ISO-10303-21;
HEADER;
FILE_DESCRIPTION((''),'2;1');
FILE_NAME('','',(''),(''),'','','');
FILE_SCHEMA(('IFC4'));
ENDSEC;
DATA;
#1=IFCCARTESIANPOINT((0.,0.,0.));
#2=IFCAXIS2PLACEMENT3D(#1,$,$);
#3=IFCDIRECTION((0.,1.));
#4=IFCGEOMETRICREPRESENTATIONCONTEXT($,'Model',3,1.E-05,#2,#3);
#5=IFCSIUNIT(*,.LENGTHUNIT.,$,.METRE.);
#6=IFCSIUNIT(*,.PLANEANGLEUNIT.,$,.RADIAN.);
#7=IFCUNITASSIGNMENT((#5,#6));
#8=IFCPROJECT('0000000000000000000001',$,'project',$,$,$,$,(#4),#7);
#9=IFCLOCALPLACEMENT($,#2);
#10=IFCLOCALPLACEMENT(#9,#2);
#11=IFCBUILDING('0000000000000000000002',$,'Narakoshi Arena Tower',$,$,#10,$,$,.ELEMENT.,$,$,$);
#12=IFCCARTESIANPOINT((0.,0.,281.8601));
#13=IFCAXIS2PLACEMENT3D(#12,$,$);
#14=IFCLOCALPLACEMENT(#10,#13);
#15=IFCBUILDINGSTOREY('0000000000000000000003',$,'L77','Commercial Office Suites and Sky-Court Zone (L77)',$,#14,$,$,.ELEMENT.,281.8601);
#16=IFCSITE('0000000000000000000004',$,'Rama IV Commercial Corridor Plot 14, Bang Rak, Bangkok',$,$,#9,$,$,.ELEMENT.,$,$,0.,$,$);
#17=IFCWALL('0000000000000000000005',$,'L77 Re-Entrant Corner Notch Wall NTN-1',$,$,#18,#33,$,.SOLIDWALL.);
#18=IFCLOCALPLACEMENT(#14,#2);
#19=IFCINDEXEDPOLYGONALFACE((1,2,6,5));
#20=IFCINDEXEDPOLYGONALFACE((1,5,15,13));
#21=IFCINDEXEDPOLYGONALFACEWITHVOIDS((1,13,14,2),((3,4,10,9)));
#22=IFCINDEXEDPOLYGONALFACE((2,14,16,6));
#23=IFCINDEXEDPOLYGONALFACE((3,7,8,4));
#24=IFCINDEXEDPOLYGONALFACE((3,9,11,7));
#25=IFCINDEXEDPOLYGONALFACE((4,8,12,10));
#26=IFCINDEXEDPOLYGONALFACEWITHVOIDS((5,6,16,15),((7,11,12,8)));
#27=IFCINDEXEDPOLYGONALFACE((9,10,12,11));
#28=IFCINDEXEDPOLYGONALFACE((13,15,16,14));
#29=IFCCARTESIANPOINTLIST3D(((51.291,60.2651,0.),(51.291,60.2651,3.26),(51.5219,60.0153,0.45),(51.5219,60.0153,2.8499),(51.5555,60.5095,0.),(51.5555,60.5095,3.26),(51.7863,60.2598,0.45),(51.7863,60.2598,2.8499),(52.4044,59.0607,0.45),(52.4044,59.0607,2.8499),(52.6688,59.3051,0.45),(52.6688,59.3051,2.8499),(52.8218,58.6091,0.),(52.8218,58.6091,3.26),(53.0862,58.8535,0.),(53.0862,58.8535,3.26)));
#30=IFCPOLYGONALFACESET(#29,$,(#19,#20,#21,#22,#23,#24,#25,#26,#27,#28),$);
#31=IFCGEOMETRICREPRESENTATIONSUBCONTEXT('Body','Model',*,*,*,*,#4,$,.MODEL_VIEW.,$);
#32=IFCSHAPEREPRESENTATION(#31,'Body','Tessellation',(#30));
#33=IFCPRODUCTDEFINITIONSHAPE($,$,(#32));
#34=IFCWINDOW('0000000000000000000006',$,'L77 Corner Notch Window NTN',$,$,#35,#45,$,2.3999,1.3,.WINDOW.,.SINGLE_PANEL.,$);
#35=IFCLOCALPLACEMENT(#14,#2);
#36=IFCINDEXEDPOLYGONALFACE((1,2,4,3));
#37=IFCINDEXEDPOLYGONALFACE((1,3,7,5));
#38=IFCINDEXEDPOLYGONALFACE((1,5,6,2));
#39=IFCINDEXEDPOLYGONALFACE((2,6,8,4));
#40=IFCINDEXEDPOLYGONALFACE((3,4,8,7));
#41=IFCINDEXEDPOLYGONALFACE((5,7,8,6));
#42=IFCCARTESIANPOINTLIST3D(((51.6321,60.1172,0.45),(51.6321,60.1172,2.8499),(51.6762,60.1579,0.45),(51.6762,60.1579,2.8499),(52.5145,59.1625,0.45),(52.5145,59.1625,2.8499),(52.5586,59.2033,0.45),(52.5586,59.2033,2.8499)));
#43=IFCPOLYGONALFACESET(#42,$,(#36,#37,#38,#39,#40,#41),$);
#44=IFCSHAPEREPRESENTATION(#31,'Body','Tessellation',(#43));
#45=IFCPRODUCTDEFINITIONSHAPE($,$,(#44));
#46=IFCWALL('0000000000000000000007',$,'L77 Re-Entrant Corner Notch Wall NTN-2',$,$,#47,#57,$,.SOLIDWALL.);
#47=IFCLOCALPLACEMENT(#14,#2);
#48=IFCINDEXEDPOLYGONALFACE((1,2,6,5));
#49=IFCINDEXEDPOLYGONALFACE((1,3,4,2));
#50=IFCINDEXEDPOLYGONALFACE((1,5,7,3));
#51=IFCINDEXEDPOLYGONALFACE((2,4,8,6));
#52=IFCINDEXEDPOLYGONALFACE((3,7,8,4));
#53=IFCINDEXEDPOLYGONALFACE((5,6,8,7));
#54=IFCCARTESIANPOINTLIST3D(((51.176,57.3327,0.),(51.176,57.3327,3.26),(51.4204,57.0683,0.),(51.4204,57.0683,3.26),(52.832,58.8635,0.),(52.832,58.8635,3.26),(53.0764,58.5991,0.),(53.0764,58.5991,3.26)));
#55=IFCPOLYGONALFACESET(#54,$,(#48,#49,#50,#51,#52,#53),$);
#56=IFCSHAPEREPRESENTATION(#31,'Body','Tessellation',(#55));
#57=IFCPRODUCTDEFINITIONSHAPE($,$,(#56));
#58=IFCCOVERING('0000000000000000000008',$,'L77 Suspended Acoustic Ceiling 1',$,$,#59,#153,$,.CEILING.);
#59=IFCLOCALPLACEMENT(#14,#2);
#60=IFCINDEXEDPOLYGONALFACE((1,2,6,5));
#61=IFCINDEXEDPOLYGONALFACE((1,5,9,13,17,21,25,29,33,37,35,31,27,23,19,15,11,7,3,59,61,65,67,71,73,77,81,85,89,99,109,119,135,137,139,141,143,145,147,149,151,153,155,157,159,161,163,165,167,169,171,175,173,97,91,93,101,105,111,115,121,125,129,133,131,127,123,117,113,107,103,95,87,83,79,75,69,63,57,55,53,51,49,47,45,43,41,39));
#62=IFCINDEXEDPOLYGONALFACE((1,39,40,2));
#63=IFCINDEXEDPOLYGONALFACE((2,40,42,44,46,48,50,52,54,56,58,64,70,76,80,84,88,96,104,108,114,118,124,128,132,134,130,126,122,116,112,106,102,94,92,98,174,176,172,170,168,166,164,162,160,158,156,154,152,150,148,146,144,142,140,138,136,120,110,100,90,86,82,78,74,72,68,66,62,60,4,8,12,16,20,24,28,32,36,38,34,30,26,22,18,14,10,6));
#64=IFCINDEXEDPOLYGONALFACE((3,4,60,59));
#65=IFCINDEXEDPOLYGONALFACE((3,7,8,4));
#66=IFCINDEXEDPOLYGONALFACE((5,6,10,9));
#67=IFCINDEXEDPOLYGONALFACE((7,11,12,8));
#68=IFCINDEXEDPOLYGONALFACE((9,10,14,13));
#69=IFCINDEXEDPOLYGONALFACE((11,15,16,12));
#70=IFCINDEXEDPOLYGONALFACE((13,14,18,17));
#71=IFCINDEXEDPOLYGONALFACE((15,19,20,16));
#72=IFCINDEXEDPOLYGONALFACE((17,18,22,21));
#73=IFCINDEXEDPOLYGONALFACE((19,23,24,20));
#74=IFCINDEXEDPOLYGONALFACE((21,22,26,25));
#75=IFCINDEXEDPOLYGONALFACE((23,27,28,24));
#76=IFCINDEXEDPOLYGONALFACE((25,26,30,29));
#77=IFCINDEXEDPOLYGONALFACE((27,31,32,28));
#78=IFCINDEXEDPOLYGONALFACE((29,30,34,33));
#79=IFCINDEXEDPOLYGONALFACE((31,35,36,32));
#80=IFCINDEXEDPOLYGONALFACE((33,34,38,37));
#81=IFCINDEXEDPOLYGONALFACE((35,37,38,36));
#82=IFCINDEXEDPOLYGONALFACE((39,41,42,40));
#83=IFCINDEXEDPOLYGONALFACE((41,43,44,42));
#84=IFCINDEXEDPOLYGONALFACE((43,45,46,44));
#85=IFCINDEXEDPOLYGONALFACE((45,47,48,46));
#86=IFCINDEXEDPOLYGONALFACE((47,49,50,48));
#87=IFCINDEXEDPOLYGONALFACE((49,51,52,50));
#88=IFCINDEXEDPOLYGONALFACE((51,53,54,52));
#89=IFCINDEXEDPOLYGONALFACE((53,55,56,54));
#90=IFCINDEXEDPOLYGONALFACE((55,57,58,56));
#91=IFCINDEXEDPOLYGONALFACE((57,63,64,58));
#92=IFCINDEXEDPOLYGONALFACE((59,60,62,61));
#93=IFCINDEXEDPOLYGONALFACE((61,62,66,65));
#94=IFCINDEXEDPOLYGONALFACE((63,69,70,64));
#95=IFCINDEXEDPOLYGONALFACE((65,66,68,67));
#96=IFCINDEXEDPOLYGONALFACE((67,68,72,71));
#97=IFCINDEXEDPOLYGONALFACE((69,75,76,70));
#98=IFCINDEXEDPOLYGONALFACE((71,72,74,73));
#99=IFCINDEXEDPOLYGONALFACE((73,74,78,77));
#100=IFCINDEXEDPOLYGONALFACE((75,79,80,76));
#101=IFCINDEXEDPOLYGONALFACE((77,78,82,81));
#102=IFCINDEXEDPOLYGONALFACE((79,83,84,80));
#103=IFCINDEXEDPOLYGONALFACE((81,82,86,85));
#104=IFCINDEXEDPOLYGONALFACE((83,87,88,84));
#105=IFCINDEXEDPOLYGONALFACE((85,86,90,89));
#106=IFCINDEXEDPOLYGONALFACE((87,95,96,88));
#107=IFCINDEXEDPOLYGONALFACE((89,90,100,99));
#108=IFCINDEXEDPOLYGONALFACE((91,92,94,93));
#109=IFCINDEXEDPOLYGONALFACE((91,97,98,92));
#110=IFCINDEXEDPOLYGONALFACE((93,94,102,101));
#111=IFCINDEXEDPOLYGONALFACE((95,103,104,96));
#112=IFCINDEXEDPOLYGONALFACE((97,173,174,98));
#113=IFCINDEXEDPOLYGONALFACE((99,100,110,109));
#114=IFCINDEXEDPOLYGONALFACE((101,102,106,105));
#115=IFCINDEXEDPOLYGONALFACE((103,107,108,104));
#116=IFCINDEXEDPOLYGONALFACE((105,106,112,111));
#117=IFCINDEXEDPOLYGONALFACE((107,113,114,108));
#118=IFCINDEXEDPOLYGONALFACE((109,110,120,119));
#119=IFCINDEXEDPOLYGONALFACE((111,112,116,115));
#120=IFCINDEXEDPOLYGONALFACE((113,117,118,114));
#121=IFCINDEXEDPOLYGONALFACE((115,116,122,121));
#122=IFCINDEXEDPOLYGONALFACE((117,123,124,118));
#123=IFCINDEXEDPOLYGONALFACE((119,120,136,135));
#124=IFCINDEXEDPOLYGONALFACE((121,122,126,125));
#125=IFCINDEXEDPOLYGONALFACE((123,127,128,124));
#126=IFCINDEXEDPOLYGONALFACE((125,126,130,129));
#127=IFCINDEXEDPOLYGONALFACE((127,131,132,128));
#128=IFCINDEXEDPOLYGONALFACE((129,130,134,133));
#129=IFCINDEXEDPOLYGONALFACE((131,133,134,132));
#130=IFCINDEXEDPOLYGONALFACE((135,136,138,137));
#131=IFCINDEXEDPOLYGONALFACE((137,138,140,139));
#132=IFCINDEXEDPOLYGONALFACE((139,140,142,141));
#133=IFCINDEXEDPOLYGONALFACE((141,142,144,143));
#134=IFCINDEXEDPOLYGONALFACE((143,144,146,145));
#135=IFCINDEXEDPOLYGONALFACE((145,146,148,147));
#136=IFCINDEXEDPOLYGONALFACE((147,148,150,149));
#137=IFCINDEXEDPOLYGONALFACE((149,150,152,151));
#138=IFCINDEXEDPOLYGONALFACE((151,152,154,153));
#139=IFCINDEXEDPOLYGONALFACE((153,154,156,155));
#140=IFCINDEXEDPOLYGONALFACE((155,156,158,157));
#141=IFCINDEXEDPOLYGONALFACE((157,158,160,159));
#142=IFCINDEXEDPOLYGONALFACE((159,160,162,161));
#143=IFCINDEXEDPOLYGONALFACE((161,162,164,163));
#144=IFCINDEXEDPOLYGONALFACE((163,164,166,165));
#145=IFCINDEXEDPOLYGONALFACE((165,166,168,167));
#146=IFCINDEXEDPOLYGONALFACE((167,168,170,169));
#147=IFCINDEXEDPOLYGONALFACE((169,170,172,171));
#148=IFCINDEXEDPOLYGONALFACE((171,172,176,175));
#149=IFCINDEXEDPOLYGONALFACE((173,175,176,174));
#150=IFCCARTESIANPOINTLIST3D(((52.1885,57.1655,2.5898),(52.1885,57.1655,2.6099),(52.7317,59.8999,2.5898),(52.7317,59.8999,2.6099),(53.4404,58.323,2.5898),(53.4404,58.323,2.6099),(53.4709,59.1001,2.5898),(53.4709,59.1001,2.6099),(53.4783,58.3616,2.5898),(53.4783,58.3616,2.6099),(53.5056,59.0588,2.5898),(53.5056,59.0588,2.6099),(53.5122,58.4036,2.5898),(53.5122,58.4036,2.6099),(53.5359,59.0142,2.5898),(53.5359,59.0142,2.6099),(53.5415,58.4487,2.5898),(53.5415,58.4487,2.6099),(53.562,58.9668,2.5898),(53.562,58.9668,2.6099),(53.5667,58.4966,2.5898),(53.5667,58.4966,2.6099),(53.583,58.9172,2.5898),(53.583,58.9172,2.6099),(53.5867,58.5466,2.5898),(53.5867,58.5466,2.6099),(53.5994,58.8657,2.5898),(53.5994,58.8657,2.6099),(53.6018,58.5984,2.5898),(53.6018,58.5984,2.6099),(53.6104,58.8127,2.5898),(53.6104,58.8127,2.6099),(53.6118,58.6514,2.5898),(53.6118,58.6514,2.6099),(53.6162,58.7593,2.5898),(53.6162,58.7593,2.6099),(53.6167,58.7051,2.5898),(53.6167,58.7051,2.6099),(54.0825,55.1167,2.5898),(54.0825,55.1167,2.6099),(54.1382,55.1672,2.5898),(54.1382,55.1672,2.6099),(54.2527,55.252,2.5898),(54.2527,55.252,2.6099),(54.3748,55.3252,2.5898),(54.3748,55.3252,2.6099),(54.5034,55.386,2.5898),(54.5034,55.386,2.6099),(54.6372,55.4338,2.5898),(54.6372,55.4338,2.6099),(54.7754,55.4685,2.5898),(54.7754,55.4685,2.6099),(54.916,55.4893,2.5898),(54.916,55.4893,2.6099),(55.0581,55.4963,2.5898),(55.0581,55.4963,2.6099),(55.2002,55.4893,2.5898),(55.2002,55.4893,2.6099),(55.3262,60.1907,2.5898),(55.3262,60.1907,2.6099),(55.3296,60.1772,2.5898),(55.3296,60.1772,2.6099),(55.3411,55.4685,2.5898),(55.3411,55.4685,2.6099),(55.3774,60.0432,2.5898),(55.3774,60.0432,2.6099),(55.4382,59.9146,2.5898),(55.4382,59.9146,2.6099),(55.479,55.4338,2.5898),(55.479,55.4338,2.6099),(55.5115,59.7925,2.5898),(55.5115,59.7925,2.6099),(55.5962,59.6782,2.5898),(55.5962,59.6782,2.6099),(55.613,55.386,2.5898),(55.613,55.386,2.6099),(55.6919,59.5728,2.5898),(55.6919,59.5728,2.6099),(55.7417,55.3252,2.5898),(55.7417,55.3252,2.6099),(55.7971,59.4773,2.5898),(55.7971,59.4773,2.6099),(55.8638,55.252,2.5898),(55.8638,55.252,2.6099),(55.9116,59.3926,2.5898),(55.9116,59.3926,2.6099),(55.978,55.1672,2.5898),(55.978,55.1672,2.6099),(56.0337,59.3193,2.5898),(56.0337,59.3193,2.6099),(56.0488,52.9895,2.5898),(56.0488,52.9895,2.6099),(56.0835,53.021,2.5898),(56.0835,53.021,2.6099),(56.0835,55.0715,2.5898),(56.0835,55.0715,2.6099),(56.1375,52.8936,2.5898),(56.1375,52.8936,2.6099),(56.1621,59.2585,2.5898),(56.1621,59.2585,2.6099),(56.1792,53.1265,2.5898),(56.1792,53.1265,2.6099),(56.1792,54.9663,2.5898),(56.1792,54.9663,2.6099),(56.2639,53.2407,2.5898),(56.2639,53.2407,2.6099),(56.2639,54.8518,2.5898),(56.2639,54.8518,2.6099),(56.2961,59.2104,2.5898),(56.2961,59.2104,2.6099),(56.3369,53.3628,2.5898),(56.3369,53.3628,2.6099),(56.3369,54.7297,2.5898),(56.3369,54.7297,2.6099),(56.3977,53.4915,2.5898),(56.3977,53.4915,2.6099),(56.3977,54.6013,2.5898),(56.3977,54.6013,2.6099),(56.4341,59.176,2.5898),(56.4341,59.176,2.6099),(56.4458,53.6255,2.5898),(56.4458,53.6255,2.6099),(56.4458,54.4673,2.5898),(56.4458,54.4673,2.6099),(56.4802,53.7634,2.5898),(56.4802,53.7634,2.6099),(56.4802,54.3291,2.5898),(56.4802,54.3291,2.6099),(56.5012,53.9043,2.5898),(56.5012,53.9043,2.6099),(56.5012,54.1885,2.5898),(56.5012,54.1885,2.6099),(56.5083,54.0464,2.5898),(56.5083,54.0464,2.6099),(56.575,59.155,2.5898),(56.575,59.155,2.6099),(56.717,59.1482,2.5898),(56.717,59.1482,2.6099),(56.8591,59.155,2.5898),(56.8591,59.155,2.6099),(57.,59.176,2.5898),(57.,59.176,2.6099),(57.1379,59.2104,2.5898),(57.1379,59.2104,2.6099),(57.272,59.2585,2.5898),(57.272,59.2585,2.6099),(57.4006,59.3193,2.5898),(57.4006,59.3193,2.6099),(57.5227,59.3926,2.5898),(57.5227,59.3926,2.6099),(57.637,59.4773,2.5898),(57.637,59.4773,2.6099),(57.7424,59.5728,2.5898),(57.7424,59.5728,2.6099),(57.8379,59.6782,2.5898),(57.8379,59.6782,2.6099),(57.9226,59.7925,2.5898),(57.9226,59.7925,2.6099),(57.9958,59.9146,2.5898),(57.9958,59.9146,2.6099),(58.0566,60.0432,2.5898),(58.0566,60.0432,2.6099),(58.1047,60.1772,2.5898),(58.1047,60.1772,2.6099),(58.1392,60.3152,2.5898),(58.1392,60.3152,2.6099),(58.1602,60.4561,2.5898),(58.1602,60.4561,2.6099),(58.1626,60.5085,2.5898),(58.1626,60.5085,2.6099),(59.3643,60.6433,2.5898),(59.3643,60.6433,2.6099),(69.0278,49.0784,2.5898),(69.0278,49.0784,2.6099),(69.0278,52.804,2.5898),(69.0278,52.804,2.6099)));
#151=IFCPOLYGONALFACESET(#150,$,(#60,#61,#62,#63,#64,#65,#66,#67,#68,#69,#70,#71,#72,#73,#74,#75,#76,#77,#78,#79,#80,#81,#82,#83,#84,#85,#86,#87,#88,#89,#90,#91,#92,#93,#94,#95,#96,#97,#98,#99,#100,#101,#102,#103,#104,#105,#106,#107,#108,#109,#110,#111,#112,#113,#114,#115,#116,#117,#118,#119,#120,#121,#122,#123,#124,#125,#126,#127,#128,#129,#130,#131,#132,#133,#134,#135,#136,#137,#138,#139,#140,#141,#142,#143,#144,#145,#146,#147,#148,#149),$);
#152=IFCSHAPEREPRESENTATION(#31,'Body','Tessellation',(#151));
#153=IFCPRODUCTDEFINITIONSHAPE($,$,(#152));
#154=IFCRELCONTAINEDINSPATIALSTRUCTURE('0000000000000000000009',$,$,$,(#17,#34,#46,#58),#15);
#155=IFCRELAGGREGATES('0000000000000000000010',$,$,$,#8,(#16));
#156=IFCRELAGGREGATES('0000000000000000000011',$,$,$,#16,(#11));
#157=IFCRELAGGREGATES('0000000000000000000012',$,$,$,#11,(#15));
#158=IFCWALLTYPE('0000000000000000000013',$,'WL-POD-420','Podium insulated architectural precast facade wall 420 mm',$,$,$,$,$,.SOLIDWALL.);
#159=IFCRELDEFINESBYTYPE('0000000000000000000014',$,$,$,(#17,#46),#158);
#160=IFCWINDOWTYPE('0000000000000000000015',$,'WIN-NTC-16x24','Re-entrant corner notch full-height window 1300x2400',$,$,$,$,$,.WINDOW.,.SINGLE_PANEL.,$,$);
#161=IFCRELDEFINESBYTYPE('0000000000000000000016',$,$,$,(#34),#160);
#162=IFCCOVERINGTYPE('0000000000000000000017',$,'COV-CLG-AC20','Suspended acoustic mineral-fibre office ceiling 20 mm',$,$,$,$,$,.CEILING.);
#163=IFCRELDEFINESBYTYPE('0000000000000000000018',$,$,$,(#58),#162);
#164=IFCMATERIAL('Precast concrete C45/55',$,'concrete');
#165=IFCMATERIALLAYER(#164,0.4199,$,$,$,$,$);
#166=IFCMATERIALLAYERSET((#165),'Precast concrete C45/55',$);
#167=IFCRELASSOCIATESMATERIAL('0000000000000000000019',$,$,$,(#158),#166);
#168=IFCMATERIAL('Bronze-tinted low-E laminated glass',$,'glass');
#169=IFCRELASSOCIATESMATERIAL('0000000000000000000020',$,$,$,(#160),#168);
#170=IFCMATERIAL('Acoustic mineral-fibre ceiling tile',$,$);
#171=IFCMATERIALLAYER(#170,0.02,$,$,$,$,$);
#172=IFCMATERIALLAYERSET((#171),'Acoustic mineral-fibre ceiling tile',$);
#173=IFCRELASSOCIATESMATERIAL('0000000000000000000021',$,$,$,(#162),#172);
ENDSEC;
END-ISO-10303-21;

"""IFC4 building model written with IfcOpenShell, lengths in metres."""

from ifc_helpers import new_model, si_unit, direction, frame, frame_2d, origin, place, context, subcontext, project, spatial, polyline, rectangle, outline, extrude, material, layer, layer_set, type_object, element, fill, save


model = new_model("IFC4")

# Units and contexts
model_context = context("Model", 3, precision=1e-05, world=origin(), true_north=direction((0.0, 1.0)))
body_context = subcontext(model_context, "Body", "Model", "MODEL_VIEW")
ifc_project = project(units=[si_unit("LENGTHUNIT", "METRE"), si_unit("PLANEANGLEUNIT", "RADIAN")], contexts=[model_context])

# Site, building, storey
site_placement = place(None, origin())
site = spatial("IfcSite", under=ifc_project, at=site_placement, Name="Rama IV Commercial Corridor Plot 14, Bang Rak, Bangkok", CompositionType="ELEMENT", RefElevation=0.0)
building_placement = place(site_placement, origin())
building = spatial("IfcBuilding", under=site, at=building_placement, Name="Narakoshi Arena Tower", CompositionType="ELEMENT")
storey_placement = place(building_placement, frame((0.0, 0.0, 281.8601)))
storey = spatial("IfcBuildingStorey", under=building, at=storey_placement, Name="L77", Description="Commercial Office Suites and Sky-Court Zone (L77)", CompositionType="ELEMENT", Elevation=281.8601)

# Shared definitions
ifc_material_1 = material(Name="Bronze-tinted low-E laminated glass", Category="glass")

# Shared definitions
ifc_material_2 = material(Name="Precast concrete C45/55", Category="concrete")

# Wall, opening, window
ifc_layer_1 = layer(ifc_material_2, 0.4199)
ifc_layer_set_1 = layer_set([ifc_layer_1], Name="Precast concrete C45/55")
wall_type_1 = type_object("IfcWallType", Name="WL-POD-420", Description="Podium insulated architectural precast facade wall 420 mm", PredefinedType="SOLIDWALL", material=ifc_layer_set_1)
wall_1_placement = place(storey_placement, frame((51.4233, 60.3872, 0.0), z_axis=(0.0, 0.0, 1.0), x_axis=(0.678793, -0.73433, 0.0)))
wall_1 = element("IfcWall", 1, at=wall_1_placement, inside=storey, type_object=wall_type_1, Name="L77 Re-Entrant Corner Notch Wall NTN-1", PredefinedType="SOLIDWALL", context=body_context, shape_type="SweptSolid", body=[
    extrude(rectangle(XDim=2.2551, YDim=0.3601, at=frame_2d((1.1274, 0.0))), origin(), (0.0, 0.0, 1.0), 3.26),
])
opening_1_placement = place(wall_1_placement, frame((0.3401, 0.0, 0.45)))
opening_1 = element("IfcOpeningElement", 2, at=opening_1_placement, cuts=wall_1, PredefinedType="OPENING", context=body_context, shape_type="SweptSolid", body=[
    extrude(rectangle(XDim=1.3, YDim=2.3999, at=frame_2d((0.6499, 1.2))), frame((0.0, 0.1899, 0.0), z_axis=(0.0, -1.0, 0.0), x_axis=(1.0, 0.0, 0.0)), (0.0, 0.0, 1.0), 0.3801),
])
window_type_1 = type_object("IfcWindowType", Name="WIN-NTC-16x24", Description="Re-entrant corner notch full-height window 1300x2400", PartitioningType="SINGLE_PANEL", PredefinedType="WINDOW", material=ifc_material_1)
window_1_placement = place(opening_1_placement, origin())
window_1 = element("IfcWindow", 3, at=window_1_placement, inside=storey, type_object=window_type_1, Name="L77 Corner Notch Window NTN", OverallHeight=2.3999, OverallWidth=1.3, PartitioningType="SINGLE_PANEL", PredefinedType="WINDOW", context=body_context, shape_type="SweptSolid", body=[
    extrude(rectangle(XDim=1.3, YDim=2.3999, at=frame_2d((0.6499, 1.2))), frame((0.0, 0.03, 0.0), z_axis=(0.0, -1.0, 0.0), x_axis=(1.0, 0.0, 0.0)), (0.0, 0.0, 1.0), 0.0601),
])
fill(opening_1, window_1)

# Wall
wall_2_placement = place(storey_placement, frame((52.9541, 58.7312, 0.0), z_axis=(0.0, 0.0, 1.0), x_axis=(-0.73433, -0.678793, 0.0)))
element("IfcWall", 4, at=wall_2_placement, inside=storey, type_object=wall_type_1, Name="L77 Re-Entrant Corner Notch Wall NTN-2", PredefinedType="SOLIDWALL", context=body_context, shape_type="SweptSolid", body=[
    extrude(rectangle(XDim=2.2551, YDim=0.3601, at=frame_2d((1.1274, 0.0))), origin(), (0.0, 0.0, 1.0), 3.26),
])

# Covering
ifc_material_3 = material(Name="Acoustic mineral-fibre ceiling tile")
ifc_layer_2 = layer(ifc_material_3, 0.02)
ifc_layer_set_2 = layer_set([ifc_layer_2], Name="Acoustic mineral-fibre ceiling tile")
covering_type_1 = type_object("IfcCoveringType", Name="COV-CLG-AC20", Description="Suspended acoustic mineral-fibre office ceiling 20 mm", PredefinedType="CEILING", material=ifc_layer_set_2)
covering_1_placement = place(storey_placement, frame((0.0, 0.0, 2.5898)))
element("IfcCovering", 5, at=covering_1_placement, inside=storey, type_object=covering_type_1, Name="L77 Suspended Acoustic Ceiling 1", PredefinedType="CEILING", context=body_context, shape_type="SweptSolid", body=[
    extrude(outline(polyline([(69.0278, 52.804), (69.0278, 49.0784), (56.1375, 52.8936), (56.0488, 52.9895), (56.0835, 53.021), (56.1792, 53.1265), (56.2639, 53.2407), (56.3369, 53.3628), (56.3977, 53.4915), (56.4458, 53.6255), (56.4802, 53.7634), (56.5012, 53.9043), (56.5083, 54.0464), (56.5012, 54.1885), (56.4802, 54.3291), (56.4458, 54.4673), (56.3977, 54.6013), (56.3369, 54.7297), (56.2639, 54.8518), (56.1792, 54.9663), (56.0835, 55.0715), (55.978, 55.1672), (55.8638, 55.252), (55.7417, 55.3252), (55.613, 55.386), (55.479, 55.4338), (55.3411, 55.4685), (55.2002, 55.4893), (55.0581, 55.4963), (54.916, 55.4893), (54.7754, 55.4685), (54.6372, 55.4338), (54.5034, 55.386), (54.3748, 55.3252), (54.2527, 55.252), (54.1382, 55.1672), (54.0825, 55.1167), (52.1885, 57.1655), (53.4404, 58.323), (53.4783, 58.3616), (53.5122, 58.4036), (53.5415, 58.4487), (53.5667, 58.4966), (53.5867, 58.5466), (53.6018, 58.5984), (53.6118, 58.6514), (53.6167, 58.7051), (53.6162, 58.7593), (53.6104, 58.8127), (53.5994, 58.8657), (53.583, 58.9172), (53.562, 58.9668), (53.5359, 59.0142), (53.5056, 59.0588), (53.4709, 59.1001), (52.7317, 59.8999), (55.3262, 60.1907), (55.3296, 60.1772), (55.3774, 60.0432), (55.4382, 59.9146), (55.5115, 59.7925), (55.5962, 59.6782), (55.6919, 59.5728), (55.7971, 59.4773), (55.9116, 59.3926), (56.0337, 59.3193), (56.1621, 59.2585), (56.2961, 59.2104), (56.4341, 59.176), (56.575, 59.155), (56.717, 59.1482), (56.8591, 59.155), (57.0, 59.176), (57.1379, 59.2104), (57.272, 59.2585), (57.4006, 59.3193), (57.5227, 59.3926), (57.637, 59.4773), (57.7424, 59.5728), (57.8379, 59.6782), (57.9226, 59.7925), (57.9958, 59.9146), (58.0566, 60.0432), (58.1047, 60.1772), (58.1392, 60.3152), (58.1602, 60.4561), (58.1626, 60.5085), (59.3643, 60.6433), (69.0278, 52.804)])), origin(), (0.0, 0.0, 1.0), 0.02),
])

save(model, "model.ifc")
